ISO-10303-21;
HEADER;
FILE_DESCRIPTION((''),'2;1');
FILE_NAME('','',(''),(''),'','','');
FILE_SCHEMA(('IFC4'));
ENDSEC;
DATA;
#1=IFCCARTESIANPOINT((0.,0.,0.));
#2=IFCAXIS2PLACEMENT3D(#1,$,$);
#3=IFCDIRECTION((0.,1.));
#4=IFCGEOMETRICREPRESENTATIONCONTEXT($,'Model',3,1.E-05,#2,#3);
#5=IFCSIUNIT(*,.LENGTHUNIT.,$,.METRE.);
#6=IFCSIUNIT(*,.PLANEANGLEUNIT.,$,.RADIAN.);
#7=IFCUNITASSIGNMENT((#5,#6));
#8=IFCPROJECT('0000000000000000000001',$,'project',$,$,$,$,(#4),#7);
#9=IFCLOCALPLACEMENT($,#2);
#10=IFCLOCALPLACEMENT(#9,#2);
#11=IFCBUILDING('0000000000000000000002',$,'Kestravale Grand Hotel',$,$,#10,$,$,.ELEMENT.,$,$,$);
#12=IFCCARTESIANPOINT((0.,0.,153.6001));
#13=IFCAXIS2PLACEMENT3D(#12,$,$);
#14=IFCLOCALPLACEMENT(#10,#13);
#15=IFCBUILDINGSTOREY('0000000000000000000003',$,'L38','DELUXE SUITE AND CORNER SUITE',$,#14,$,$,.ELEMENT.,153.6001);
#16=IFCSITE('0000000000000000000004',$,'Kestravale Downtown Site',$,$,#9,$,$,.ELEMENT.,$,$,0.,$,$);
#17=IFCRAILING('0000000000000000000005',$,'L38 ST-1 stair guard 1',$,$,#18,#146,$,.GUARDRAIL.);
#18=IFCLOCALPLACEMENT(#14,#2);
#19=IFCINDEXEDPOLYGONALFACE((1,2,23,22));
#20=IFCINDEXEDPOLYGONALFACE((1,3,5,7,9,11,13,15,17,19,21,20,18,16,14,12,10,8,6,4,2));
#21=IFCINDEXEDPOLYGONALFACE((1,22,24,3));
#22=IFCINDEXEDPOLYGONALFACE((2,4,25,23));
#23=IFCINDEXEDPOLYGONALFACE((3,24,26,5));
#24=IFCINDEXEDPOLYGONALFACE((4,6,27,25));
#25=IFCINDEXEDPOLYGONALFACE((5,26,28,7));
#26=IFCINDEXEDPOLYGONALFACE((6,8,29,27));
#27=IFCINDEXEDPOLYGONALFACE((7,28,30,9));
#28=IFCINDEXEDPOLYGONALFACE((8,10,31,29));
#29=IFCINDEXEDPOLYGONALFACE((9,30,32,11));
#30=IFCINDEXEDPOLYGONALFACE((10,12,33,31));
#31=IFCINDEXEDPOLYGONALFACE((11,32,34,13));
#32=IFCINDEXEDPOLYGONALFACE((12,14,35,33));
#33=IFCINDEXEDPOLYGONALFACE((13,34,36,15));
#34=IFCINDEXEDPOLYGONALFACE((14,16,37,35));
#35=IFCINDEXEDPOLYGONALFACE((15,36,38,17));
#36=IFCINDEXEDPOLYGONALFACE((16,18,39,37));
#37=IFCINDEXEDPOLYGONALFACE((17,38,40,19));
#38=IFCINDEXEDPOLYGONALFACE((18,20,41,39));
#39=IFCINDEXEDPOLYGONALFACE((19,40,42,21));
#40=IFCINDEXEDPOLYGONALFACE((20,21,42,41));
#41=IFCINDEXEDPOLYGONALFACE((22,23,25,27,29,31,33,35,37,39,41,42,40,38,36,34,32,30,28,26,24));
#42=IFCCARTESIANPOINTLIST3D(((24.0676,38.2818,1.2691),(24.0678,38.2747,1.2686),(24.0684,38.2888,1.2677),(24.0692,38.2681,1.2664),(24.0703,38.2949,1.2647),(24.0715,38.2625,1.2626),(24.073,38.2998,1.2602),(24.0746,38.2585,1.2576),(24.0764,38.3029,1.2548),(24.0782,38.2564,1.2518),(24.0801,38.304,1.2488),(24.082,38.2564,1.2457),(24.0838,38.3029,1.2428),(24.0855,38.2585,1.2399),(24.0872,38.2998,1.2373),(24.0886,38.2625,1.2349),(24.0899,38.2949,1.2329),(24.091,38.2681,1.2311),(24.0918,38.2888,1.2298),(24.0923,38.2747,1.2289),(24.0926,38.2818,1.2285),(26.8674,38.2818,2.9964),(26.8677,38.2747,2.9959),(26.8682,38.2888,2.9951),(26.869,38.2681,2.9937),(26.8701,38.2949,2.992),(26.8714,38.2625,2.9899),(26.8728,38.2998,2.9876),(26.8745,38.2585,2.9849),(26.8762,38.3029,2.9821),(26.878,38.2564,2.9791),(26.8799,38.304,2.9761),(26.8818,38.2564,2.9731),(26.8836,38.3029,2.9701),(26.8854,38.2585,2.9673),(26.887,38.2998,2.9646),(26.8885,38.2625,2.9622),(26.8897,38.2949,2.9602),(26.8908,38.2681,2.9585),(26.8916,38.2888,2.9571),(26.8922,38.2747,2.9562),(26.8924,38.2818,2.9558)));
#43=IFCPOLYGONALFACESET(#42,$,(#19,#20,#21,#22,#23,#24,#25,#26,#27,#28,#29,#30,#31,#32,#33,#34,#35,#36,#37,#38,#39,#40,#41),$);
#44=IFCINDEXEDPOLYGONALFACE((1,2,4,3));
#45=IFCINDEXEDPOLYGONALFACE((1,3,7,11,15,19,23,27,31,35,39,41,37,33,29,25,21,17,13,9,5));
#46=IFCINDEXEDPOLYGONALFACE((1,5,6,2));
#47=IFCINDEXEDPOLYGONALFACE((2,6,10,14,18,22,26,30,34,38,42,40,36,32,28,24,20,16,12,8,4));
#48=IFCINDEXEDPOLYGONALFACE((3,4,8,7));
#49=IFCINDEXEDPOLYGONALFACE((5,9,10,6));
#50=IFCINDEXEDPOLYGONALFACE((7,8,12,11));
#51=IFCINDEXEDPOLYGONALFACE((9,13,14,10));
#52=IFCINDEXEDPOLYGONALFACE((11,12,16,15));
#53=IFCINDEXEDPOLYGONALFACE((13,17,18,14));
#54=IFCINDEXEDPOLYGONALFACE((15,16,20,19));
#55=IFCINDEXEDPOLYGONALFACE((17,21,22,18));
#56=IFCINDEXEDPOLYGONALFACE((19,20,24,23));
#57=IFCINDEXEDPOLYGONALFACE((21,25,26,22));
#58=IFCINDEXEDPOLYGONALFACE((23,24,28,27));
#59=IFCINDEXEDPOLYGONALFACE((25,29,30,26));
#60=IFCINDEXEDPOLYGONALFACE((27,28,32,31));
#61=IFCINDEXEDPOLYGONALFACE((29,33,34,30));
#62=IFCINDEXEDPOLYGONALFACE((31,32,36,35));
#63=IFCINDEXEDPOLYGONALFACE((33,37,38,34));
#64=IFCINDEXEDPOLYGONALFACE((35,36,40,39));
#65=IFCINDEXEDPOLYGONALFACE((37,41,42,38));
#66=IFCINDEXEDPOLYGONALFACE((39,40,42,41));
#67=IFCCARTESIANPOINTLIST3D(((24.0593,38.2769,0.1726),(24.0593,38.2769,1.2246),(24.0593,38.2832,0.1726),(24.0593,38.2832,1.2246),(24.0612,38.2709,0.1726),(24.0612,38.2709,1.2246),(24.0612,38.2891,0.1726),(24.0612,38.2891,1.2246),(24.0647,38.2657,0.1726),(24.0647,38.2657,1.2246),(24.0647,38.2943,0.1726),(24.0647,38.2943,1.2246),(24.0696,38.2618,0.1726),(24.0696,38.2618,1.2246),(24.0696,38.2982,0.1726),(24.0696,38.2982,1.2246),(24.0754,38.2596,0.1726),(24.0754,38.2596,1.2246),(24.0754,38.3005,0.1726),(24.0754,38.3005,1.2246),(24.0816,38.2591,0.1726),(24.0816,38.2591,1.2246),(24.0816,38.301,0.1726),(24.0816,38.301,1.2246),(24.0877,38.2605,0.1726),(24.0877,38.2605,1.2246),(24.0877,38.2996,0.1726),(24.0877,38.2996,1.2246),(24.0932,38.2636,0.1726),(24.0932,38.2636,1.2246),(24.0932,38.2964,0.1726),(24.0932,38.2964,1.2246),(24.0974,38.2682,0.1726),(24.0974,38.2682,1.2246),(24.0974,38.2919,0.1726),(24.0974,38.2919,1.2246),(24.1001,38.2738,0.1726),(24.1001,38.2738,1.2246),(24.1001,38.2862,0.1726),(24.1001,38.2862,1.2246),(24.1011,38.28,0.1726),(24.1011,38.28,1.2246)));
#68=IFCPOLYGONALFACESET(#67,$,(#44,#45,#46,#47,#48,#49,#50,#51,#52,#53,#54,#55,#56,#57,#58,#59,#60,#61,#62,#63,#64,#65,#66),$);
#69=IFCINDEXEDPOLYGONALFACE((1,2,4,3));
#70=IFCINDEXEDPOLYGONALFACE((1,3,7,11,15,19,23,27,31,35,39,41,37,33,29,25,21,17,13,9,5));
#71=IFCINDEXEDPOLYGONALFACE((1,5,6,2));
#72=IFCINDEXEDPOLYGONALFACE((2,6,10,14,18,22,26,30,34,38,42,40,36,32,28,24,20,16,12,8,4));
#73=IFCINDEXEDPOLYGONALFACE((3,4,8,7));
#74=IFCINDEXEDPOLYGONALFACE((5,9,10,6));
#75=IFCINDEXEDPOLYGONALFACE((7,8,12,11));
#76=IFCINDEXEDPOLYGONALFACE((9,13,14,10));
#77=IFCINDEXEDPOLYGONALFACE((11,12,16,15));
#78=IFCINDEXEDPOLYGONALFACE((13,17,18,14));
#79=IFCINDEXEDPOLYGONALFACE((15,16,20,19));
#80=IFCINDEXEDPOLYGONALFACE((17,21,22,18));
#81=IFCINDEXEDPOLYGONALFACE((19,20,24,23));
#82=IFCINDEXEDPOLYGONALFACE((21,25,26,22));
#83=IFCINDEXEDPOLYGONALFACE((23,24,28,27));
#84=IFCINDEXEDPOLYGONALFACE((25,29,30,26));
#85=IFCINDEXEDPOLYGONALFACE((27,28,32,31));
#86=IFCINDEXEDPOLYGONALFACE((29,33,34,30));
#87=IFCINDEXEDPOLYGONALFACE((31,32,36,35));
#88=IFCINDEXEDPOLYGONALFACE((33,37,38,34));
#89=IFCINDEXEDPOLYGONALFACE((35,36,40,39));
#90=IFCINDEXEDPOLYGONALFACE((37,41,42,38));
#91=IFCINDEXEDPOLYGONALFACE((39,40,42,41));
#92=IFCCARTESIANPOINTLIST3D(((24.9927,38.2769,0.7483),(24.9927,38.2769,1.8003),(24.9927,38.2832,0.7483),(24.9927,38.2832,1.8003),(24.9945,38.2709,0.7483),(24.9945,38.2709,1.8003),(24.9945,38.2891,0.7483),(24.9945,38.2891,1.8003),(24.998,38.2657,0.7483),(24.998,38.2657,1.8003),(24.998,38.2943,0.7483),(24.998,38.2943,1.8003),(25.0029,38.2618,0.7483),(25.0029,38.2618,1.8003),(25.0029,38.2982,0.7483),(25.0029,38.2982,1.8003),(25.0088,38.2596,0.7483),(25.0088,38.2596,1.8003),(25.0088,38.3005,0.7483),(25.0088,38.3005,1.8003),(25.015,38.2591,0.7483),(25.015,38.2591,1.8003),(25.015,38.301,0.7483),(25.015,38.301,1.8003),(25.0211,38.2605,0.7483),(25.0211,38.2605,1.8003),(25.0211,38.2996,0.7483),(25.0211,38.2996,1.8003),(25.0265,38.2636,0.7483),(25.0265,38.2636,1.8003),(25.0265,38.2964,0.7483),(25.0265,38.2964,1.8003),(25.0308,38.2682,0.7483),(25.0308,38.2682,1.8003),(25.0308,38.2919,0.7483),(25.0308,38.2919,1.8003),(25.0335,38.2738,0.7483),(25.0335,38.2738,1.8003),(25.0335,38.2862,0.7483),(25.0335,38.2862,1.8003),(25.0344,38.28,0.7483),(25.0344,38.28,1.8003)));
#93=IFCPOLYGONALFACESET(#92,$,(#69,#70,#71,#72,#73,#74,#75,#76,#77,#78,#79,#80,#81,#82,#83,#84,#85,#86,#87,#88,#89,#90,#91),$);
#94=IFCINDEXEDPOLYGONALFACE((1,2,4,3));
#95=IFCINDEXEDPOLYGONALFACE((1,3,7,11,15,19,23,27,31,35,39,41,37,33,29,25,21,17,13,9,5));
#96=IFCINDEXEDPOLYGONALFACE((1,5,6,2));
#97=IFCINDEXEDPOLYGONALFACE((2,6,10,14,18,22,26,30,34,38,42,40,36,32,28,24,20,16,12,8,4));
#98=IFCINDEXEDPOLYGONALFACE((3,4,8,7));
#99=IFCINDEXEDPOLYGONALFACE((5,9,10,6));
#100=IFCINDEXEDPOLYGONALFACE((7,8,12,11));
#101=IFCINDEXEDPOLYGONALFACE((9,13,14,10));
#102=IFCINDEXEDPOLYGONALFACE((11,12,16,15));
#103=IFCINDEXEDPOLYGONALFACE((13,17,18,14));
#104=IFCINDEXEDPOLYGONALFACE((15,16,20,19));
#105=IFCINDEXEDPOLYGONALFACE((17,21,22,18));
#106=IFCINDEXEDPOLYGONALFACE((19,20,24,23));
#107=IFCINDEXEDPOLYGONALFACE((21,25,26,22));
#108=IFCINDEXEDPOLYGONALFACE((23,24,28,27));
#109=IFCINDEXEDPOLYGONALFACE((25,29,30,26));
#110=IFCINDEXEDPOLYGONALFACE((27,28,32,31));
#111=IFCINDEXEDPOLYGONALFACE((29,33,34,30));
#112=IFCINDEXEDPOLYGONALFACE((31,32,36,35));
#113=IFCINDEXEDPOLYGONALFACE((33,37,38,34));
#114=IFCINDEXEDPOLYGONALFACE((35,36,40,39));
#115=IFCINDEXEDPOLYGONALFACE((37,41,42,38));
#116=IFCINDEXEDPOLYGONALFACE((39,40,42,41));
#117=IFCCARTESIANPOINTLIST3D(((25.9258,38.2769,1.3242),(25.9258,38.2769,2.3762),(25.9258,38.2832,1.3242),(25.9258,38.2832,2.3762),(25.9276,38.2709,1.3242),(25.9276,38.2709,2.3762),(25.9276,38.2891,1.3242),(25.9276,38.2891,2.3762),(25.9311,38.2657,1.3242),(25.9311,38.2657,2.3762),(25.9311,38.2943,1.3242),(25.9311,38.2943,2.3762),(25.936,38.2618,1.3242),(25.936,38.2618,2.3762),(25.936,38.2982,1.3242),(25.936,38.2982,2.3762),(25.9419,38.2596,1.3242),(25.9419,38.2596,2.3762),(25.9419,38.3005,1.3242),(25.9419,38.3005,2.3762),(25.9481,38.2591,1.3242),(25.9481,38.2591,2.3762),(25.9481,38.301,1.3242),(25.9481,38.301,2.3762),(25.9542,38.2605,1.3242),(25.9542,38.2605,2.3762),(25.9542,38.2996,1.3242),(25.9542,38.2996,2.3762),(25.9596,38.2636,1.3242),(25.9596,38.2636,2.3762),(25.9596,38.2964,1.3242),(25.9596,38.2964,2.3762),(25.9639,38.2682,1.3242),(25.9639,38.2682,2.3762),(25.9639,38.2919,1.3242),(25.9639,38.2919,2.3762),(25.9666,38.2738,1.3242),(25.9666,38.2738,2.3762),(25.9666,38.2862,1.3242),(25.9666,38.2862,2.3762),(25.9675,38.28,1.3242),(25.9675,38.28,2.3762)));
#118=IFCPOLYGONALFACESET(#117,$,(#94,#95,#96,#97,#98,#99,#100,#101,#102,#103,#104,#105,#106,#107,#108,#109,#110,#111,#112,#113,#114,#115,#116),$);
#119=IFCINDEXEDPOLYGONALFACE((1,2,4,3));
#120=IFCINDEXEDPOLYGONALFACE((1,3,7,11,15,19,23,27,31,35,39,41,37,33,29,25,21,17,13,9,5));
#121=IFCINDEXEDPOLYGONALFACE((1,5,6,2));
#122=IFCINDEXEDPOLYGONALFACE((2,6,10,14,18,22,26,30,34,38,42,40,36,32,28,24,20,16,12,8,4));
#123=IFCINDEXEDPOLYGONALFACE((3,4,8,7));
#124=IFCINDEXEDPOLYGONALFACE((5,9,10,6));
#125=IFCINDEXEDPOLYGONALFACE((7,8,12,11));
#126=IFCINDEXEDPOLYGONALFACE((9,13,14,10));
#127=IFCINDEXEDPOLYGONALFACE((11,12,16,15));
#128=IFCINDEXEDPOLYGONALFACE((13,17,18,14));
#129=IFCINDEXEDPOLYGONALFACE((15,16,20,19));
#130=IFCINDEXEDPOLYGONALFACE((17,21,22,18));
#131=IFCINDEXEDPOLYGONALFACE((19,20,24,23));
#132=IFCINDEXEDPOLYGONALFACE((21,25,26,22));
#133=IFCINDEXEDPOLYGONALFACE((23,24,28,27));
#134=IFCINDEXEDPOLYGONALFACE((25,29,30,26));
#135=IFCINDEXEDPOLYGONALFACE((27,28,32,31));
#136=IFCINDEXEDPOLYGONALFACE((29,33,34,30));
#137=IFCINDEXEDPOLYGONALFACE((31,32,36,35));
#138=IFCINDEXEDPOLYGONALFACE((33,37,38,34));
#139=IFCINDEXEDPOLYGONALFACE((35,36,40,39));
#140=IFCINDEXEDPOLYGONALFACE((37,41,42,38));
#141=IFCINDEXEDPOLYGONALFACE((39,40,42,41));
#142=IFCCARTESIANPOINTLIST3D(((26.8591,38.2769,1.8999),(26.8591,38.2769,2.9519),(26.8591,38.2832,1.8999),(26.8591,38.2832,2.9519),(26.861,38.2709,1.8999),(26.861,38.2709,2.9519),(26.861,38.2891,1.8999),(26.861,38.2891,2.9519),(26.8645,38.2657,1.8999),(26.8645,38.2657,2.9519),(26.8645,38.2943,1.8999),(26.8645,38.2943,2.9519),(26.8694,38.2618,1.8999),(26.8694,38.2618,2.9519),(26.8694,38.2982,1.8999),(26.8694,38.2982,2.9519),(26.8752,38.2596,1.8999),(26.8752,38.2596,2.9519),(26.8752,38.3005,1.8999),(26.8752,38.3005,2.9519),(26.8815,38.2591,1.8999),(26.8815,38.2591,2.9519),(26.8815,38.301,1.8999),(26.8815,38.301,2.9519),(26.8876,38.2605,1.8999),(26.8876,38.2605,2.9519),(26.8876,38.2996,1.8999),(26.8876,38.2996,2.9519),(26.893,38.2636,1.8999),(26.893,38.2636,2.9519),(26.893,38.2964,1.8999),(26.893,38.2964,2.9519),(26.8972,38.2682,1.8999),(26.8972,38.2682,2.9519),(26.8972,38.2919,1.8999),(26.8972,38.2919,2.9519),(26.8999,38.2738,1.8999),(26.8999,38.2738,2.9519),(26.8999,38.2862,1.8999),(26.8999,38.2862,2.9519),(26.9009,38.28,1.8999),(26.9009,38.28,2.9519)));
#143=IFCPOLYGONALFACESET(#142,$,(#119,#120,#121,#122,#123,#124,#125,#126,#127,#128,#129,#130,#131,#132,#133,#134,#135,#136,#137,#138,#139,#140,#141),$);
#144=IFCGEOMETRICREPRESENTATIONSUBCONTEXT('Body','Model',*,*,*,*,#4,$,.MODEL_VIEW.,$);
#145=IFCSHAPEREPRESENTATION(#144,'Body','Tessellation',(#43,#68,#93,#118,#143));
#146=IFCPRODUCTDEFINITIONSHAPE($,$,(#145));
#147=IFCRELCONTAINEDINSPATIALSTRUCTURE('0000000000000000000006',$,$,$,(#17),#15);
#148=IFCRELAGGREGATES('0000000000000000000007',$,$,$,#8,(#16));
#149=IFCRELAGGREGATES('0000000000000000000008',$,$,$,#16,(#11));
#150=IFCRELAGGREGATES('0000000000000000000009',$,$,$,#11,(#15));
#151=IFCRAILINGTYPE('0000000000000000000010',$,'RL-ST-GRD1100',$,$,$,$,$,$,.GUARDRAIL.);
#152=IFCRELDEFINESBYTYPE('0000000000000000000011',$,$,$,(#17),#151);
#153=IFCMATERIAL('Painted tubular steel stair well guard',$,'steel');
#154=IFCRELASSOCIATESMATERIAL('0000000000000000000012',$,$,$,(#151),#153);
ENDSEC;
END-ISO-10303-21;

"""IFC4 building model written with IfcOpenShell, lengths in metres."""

from ifc_helpers import new_model, si_unit, direction, frame, origin, origin_2d, place, context, subcontext, project, spatial, circle, extrude, material, type_object, element, save


model = new_model("IFC4")

# Units and contexts
model_context = context("Model", 3, precision=1e-05, world=origin(), true_north=direction((0.0, 1.0)))
body_context = subcontext(model_context, "Body", "Model", "MODEL_VIEW")
ifc_project = project(units=[si_unit("LENGTHUNIT", "METRE"), si_unit("PLANEANGLEUNIT", "RADIAN")], contexts=[model_context])

# Site, building, storey
site_placement = place(None, origin())
site = spatial("IfcSite", under=ifc_project, at=site_placement, Name="Kestravale Downtown Site", CompositionType="ELEMENT", RefElevation=0.0)
building_placement = place(site_placement, origin())
building = spatial("IfcBuilding", under=site, at=building_placement, Name="Kestravale Grand Hotel", CompositionType="ELEMENT")
storey_placement = place(building_placement, frame((0.0, 0.0, 153.6001)))
storey = spatial("IfcBuildingStorey", under=building, at=storey_placement, Name="L38", Description="DELUXE SUITE AND CORNER SUITE", CompositionType="ELEMENT", Elevation=153.6001)

# Railing
ifc_material_1 = material(Name="Painted tubular steel stair well guard", Category="steel")
railing_type_1 = type_object("IfcRailingType", Name="RL-ST-GRD1100", PredefinedType="GUARDRAIL", material=ifc_material_1)
railing_1_placement = place(storey_placement, frame((24.0801, 38.28, 0.1726)))
element("IfcRailing", 1, at=railing_1_placement, inside=storey, type_object=railing_type_1, Name="L38 ST-1 stair guard 1", PredefinedType="GUARDRAIL", context=body_context, shape_type="SweptSolid", body=[
    extrude(circle(Radius=0.0239, at=origin_2d()), frame((0.0, 0.0, 1.0762), z_axis=(0.851069, 0.0, 0.525054), x_axis=(0.0, 1.0, 0.0)), (0.0, 0.0, 1.0), 3.2898),
    extrude(circle(Radius=0.021, at=origin_2d()), origin(), (0.0, 0.0, 1.0), 1.052),
    extrude(circle(Radius=0.021, at=origin_2d()), frame((0.9333, 0.0, 0.5757)), (0.0, 0.0, 1.0), 1.052),
    extrude(circle(Radius=0.021, at=origin_2d()), frame((1.8665, 0.0, 1.1516)), (0.0, 0.0, 1.0), 1.052),
    extrude(circle(Radius=0.021, at=origin_2d()), frame((2.7998, 0.0, 1.7273)), (0.0, 0.0, 1.0), 1.052),
])

save(model, "model.ifc")
